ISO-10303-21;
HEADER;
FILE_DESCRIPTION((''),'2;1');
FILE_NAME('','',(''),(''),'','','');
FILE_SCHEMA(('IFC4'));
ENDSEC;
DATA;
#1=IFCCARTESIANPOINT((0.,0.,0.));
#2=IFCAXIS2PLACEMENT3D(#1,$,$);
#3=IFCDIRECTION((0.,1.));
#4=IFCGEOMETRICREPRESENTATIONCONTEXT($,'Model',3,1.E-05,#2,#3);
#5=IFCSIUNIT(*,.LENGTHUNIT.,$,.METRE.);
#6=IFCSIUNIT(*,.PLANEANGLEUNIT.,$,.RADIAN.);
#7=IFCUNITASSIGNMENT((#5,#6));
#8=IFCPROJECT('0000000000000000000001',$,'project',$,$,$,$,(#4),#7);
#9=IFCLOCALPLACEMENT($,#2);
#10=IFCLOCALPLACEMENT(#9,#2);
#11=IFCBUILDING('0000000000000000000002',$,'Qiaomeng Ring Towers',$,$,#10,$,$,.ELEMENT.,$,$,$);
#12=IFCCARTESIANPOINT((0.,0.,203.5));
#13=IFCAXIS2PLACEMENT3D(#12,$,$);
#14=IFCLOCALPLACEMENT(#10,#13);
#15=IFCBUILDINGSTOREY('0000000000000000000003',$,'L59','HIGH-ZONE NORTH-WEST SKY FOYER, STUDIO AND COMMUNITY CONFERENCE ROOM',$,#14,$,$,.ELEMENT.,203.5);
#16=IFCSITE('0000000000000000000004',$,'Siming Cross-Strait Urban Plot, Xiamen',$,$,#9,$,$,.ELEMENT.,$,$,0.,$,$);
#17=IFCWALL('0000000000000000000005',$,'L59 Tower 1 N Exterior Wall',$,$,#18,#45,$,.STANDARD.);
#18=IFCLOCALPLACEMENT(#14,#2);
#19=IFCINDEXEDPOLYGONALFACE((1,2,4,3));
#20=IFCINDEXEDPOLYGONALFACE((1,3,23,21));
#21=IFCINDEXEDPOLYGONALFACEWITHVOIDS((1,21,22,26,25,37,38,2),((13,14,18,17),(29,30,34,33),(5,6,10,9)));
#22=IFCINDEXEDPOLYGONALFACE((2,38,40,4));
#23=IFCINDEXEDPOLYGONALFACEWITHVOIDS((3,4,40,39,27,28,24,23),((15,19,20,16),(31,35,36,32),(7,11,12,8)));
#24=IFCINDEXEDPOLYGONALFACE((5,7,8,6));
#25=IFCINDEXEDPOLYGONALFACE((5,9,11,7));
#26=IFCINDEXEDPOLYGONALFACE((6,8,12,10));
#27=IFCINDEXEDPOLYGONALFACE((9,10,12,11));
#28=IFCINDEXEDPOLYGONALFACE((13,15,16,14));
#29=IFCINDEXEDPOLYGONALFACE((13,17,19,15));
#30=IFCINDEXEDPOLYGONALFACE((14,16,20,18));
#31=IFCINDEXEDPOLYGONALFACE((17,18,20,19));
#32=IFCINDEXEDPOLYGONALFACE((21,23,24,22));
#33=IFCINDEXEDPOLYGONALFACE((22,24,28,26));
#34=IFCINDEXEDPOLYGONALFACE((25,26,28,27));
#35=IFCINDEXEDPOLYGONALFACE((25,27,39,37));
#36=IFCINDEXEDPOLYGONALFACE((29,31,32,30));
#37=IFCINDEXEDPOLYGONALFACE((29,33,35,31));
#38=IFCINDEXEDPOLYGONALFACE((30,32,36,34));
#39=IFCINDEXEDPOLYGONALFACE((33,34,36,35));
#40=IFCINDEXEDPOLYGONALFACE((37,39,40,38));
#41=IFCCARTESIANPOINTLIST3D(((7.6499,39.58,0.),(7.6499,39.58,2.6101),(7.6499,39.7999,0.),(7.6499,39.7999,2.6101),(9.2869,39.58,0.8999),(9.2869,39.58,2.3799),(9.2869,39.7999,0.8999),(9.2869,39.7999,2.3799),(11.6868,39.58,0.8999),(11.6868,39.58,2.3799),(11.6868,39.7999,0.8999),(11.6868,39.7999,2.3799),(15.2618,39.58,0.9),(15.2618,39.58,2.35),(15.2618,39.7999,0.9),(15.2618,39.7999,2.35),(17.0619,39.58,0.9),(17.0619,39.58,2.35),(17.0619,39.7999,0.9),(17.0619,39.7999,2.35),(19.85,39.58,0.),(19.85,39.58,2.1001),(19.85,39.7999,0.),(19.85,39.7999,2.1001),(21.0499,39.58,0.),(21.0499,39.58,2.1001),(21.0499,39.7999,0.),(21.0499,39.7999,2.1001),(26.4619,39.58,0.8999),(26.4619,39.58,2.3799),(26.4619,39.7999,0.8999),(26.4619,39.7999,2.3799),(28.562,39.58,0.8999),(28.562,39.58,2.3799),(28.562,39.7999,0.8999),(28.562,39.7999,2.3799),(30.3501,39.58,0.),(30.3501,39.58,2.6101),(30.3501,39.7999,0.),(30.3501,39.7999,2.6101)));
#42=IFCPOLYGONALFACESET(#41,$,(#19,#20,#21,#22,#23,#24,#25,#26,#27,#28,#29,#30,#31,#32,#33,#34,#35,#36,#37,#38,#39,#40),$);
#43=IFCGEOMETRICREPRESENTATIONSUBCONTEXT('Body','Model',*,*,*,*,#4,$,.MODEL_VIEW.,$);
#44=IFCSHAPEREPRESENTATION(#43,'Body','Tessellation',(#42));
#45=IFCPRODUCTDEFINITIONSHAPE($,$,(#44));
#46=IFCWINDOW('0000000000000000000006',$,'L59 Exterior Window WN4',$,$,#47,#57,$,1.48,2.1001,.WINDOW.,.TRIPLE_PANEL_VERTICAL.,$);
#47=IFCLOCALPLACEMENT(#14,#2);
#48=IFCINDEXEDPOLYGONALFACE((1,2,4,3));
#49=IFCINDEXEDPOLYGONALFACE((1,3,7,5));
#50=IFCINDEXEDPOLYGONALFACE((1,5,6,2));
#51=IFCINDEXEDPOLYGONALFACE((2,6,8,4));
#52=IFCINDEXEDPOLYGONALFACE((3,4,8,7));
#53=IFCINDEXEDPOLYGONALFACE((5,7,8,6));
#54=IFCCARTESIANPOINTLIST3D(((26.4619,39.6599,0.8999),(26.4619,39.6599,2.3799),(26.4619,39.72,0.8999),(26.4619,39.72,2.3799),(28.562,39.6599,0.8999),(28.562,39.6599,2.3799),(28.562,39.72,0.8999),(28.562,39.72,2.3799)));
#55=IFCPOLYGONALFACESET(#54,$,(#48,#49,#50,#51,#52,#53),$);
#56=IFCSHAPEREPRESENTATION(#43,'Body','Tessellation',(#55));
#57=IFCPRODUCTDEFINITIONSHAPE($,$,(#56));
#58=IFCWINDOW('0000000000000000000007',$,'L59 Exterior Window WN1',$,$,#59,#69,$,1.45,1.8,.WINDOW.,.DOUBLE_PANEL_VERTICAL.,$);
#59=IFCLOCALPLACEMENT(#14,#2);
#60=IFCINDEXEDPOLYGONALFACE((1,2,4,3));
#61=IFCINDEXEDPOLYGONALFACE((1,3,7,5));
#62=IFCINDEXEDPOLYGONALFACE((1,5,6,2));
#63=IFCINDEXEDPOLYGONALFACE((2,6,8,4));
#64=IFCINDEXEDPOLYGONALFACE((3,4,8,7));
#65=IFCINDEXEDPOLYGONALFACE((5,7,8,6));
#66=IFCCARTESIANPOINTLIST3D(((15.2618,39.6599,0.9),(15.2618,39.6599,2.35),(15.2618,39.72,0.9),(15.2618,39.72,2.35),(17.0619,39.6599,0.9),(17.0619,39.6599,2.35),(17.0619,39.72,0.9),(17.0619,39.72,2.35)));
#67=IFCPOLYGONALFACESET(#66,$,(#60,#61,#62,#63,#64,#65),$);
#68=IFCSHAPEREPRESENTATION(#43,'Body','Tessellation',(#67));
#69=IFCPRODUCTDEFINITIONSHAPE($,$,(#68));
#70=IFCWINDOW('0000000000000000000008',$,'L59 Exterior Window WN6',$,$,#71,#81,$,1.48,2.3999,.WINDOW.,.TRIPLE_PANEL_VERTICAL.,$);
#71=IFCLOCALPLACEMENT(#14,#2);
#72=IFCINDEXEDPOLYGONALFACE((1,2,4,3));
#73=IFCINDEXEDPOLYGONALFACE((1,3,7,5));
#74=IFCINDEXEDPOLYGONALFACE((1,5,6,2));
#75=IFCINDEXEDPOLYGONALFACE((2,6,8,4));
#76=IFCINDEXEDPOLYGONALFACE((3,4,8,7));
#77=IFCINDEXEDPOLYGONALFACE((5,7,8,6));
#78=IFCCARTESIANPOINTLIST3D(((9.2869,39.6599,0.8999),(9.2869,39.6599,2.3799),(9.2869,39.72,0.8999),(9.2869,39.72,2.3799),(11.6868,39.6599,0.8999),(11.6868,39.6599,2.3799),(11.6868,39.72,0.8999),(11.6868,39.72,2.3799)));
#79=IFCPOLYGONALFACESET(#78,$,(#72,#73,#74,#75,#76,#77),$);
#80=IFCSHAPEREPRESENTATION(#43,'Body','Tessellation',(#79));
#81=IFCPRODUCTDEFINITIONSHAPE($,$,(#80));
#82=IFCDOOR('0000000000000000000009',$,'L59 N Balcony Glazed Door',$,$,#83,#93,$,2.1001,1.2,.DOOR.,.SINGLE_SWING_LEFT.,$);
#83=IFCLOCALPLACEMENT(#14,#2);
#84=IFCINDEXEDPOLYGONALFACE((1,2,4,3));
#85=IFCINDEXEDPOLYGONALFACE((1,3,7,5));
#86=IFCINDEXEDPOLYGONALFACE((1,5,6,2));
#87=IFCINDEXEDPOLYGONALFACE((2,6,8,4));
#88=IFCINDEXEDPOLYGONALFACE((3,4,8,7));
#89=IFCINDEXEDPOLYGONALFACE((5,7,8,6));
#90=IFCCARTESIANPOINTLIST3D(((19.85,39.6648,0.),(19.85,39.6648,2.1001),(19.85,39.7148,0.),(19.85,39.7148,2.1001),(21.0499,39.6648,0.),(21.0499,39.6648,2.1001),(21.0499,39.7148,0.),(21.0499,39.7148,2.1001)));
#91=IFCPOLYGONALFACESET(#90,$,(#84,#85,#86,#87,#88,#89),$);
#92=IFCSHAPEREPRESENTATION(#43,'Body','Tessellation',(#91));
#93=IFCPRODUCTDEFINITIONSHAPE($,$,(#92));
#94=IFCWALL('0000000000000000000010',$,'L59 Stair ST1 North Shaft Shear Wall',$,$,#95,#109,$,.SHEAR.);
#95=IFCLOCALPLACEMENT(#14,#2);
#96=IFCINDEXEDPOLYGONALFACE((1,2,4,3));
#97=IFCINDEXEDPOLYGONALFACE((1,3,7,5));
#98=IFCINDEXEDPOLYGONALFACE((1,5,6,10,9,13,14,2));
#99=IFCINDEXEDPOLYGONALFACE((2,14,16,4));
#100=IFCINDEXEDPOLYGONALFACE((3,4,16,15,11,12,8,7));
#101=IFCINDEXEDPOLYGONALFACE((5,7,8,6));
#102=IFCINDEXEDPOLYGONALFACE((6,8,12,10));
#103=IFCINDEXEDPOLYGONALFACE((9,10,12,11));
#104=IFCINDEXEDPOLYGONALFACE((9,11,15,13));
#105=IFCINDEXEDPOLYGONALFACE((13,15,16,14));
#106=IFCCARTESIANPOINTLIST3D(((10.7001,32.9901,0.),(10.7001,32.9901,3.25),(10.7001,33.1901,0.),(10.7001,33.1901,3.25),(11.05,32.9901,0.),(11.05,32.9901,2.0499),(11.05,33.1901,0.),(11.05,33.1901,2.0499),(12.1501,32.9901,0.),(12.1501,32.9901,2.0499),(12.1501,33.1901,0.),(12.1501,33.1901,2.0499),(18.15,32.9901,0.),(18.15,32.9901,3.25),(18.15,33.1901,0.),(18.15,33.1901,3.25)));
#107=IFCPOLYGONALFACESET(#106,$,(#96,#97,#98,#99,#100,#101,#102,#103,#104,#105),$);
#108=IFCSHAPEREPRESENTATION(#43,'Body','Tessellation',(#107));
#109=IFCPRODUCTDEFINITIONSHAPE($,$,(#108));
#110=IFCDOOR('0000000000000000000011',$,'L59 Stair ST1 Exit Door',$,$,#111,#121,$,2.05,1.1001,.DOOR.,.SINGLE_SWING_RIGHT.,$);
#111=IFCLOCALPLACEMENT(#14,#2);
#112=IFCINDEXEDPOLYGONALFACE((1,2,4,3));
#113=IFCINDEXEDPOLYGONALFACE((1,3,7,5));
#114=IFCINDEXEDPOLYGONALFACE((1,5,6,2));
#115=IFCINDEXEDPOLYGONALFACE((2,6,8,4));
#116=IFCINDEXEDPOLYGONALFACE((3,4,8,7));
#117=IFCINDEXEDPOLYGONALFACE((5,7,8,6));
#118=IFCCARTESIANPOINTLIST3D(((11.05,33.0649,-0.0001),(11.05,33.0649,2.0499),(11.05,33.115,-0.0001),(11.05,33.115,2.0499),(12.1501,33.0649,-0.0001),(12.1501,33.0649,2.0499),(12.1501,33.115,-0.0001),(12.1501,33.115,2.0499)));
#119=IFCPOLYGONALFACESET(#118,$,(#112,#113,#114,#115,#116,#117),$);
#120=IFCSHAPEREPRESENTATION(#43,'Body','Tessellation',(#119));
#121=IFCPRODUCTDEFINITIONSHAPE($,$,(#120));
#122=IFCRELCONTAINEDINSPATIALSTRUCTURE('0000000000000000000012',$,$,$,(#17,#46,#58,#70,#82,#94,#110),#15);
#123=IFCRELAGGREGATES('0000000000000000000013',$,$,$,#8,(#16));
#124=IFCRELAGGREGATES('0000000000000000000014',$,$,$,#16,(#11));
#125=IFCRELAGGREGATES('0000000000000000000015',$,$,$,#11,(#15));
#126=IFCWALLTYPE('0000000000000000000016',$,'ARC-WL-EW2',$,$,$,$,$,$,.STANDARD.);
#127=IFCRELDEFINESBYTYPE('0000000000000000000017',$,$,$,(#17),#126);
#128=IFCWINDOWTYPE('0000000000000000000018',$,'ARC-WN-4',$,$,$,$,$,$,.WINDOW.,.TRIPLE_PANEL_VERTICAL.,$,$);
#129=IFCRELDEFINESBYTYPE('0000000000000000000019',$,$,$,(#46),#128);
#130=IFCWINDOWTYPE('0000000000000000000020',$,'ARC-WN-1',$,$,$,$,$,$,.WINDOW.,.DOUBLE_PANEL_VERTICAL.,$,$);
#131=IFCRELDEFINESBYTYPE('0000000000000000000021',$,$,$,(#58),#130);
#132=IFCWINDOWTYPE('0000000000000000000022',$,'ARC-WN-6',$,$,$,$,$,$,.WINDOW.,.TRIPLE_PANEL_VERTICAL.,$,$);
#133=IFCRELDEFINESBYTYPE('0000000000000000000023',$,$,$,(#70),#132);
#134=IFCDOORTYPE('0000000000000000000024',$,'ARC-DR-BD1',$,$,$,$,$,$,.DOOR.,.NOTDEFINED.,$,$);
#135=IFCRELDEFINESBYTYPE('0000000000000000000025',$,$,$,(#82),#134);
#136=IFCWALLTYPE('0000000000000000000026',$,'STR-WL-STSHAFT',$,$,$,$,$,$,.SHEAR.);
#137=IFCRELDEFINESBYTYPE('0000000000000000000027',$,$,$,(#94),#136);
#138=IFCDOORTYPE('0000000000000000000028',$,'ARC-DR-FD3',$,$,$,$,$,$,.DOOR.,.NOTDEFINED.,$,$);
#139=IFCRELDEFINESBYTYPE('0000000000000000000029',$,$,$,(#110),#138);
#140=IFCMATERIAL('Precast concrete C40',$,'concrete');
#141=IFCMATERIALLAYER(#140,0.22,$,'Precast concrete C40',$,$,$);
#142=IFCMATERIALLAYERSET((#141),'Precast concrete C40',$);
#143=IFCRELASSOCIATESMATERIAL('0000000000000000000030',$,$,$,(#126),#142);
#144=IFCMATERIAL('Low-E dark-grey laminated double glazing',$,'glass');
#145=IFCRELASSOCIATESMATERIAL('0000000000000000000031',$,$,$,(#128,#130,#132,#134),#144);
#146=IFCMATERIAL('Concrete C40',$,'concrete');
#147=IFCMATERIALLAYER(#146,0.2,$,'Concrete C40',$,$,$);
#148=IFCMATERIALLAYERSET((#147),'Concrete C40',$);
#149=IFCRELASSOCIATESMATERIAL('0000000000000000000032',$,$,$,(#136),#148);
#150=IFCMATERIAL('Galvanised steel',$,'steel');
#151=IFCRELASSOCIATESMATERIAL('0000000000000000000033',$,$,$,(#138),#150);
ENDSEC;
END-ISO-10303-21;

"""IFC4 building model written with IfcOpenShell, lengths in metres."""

from ifc_helpers import new_model, si_unit, direction, frame, frame_2d, origin, place, context, subcontext, project, spatial, rectangle, extrude, source, transform, mapped, material, layer, layer_set, type_object, element, fill, save


model = new_model("IFC4")

# Units and contexts
model_context = context("Model", 3, precision=1e-05, world=origin(), true_north=direction((0.0, 1.0)))
body_context = subcontext(model_context, "Body", "Model", "MODEL_VIEW")
ifc_project = project(units=[si_unit("LENGTHUNIT", "METRE"), si_unit("PLANEANGLEUNIT", "RADIAN")], contexts=[model_context])

# Site, building, storey
site_placement = place(None, origin())
site = spatial("IfcSite", under=ifc_project, at=site_placement, Name="Siming Cross-Strait Urban Plot, Xiamen", CompositionType="ELEMENT", RefElevation=0.0)
building_placement = place(site_placement, origin())
building = spatial("IfcBuilding", under=site, at=building_placement, Name="Qiaomeng Ring Towers", CompositionType="ELEMENT")
storey_placement = place(building_placement, frame((0.0, 0.0, 203.5)))
storey = spatial("IfcBuildingStorey", under=building, at=storey_placement, Name="L59", Description="HIGH-ZONE NORTH-WEST SKY FOYER, STUDIO AND COMMUNITY CONFERENCE ROOM", CompositionType="ELEMENT", Elevation=203.5)

# Shared definitions
ifc_material_1 = material(Name="Concrete C40", Category="concrete")

# Wall, openings, windows, door
ifc_material_2 = material(Name="Precast concrete C40", Category="concrete")
ifc_layer_1 = layer(ifc_material_2, 0.22, Name="Precast concrete C40")
ifc_layer_set_1 = layer_set([ifc_layer_1], Name="Precast concrete C40")
wall_type_1 = type_object("IfcWallType", Name="ARC-WL-EW2", PredefinedType="STANDARD", material=ifc_layer_set_1)
wall_1_placement = place(storey_placement, frame((7.6499, 39.6899, 0.0), z_axis=(0.0, 0.0, 1.0), x_axis=(1.0, 0.0, 0.0)))
wall_1 = element("IfcWall", 1, at=wall_1_placement, inside=storey, type_object=wall_type_1, Name="L59 Tower 1 N Exterior Wall", PredefinedType="STANDARD", context=body_context, shape_type="SweptSolid", body=[
    extrude(rectangle(XDim=22.7002, YDim=0.22, at=frame_2d((11.3501, 0.0))), origin(), (0.0, 0.0, 1.0), 2.6101),
])
opening_1_placement = place(wall_1_placement, frame((12.2, 0.0, 0.0)))
opening_1 = element("IfcOpeningElement", 2, at=opening_1_placement, cuts=wall_1, PredefinedType="OPENING", context=body_context, shape_type="SweptSolid", body=[
    extrude(rectangle(XDim=1.2, YDim=2.1001, at=frame_2d((0.6001, 1.05))), frame((0.0, 0.1199, 0.0), z_axis=(0.0, -1.0, 0.0), x_axis=(1.0, 0.0, 0.0)), (0.0, 0.0, 1.0), 0.24),
])
opening_2_placement = place(wall_1_placement, frame((1.637, 0.0, 0.8999)))
opening_2 = element("IfcOpeningElement", 3, at=opening_2_placement, cuts=wall_1, PredefinedType="OPENING", context=body_context, shape_type="SweptSolid", body=[
    extrude(rectangle(XDim=2.3999, YDim=1.48, at=frame_2d((1.2, 0.74))), frame((0.0, 0.1199, 0.0), z_axis=(0.0, -1.0, 0.0), x_axis=(1.0, 0.0, 0.0)), (0.0, 0.0, 1.0), 0.24),
])
opening_3_placement = place(wall_1_placement, frame((7.6121, 0.0, 0.8999)))
opening_3 = element("IfcOpeningElement", 4, at=opening_3_placement, cuts=wall_1, PredefinedType="OPENING", context=body_context, shape_type="SweptSolid", body=[
    extrude(rectangle(XDim=1.8, YDim=1.45, at=frame_2d((0.8999, 0.7251))), frame((0.0, 0.1199, 0.0), z_axis=(0.0, -1.0, 0.0), x_axis=(1.0, 0.0, 0.0)), (0.0, 0.0, 1.0), 0.24),
])
opening_4_placement = place(wall_1_placement, frame((18.812, 0.0, 0.8999)))
opening_4 = element("IfcOpeningElement", 5, at=opening_4_placement, cuts=wall_1, PredefinedType="OPENING", context=body_context, shape_type="SweptSolid", body=[
    extrude(rectangle(XDim=2.1001, YDim=1.48, at=frame_2d((1.05, 0.74))), frame((0.0, 0.1199, 0.0), z_axis=(0.0, -1.0, 0.0), x_axis=(1.0, 0.0, 0.0)), (0.0, 0.0, 1.0), 0.24),
])
ifc_material_3 = material(Name="Low-E dark-grey laminated double glazing", Category="glass")
window_type_1 = type_object("IfcWindowType", Name="ARC-WN-4", PartitioningType="TRIPLE_PANEL_VERTICAL", PredefinedType="WINDOW", material=ifc_material_3)
shared_shape_1 = source(origin(), body_context, "Body", "SweptSolid", [
    extrude(rectangle(XDim=2.1001, YDim=1.48, at=frame_2d((1.05, 0.74))), frame((0.0, 0.03, 0.0), z_axis=(0.0, -1.0, 0.0), x_axis=(1.0, 0.0, 0.0)), (0.0, 0.0, 1.0), 0.0601),
])
window_1_placement = place(opening_4_placement, origin())
window_1 = element("IfcWindow", 6, at=window_1_placement, inside=storey, type_object=window_type_1, Name="L59 Exterior Window WN4", OverallHeight=1.48, OverallWidth=2.1001, PartitioningType="TRIPLE_PANEL_VERTICAL", PredefinedType="WINDOW", context=body_context, shape_type="MappedRepresentation", body=[
    mapped(shared_shape_1, transform((0.0, 0.0, 0.0), x_axis=(1.0, 0.0, 0.0), y_axis=(0.0, 1.0, 0.0), z_axis=(0.0, 0.0, 1.0), scale=1.0)),
])
fill(opening_4, window_1)
window_type_2 = type_object("IfcWindowType", Name="ARC-WN-1", PartitioningType="DOUBLE_PANEL_VERTICAL", PredefinedType="WINDOW", material=ifc_material_3)
shared_shape_2 = source(origin(), body_context, "Body", "SweptSolid", [
    extrude(rectangle(XDim=1.8, YDim=1.45, at=frame_2d((0.8999, 0.7251))), frame((0.0, 0.03, 0.0), z_axis=(0.0, -1.0, 0.0), x_axis=(1.0, 0.0, 0.0)), (0.0, 0.0, 1.0), 0.0601),
])
window_2_placement = place(opening_3_placement, origin())
window_2 = element("IfcWindow", 7, at=window_2_placement, inside=storey, type_object=window_type_2, Name="L59 Exterior Window WN1", OverallHeight=1.45, OverallWidth=1.8, PartitioningType="DOUBLE_PANEL_VERTICAL", PredefinedType="WINDOW", context=body_context, shape_type="MappedRepresentation", body=[
    mapped(shared_shape_2, transform((0.0, 0.0, 0.0), x_axis=(1.0, 0.0, 0.0), y_axis=(0.0, 1.0, 0.0), z_axis=(0.0, 0.0, 1.0), scale=1.0)),
])
fill(opening_3, window_2)
window_type_3 = type_object("IfcWindowType", Name="ARC-WN-6", PartitioningType="TRIPLE_PANEL_VERTICAL", PredefinedType="WINDOW", material=ifc_material_3)
shared_shape_3 = source(origin(), body_context, "Body", "SweptSolid", [
    extrude(rectangle(XDim=2.3999, YDim=1.48, at=frame_2d((1.2, 0.74))), frame((0.0, 0.03, 0.0), z_axis=(0.0, -1.0, 0.0), x_axis=(1.0, 0.0, 0.0)), (0.0, 0.0, 1.0), 0.0601),
])
window_3_placement = place(opening_2_placement, origin())
window_3 = element("IfcWindow", 8, at=window_3_placement, inside=storey, type_object=window_type_3, Name="L59 Exterior Window WN6", OverallHeight=1.48, OverallWidth=2.3999, PartitioningType="TRIPLE_PANEL_VERTICAL", PredefinedType="WINDOW", context=body_context, shape_type="MappedRepresentation", body=[
    mapped(shared_shape_3, transform((0.0, 0.0, 0.0), x_axis=(1.0, 0.0, 0.0), y_axis=(0.0, 1.0, 0.0), z_axis=(0.0, 0.0, 1.0), scale=1.0)),
])
fill(opening_2, window_3)
door_type_1 = type_object("IfcDoorType", Name="ARC-DR-BD1", OperationType="NOTDEFINED", PredefinedType="DOOR", material=ifc_material_3)
shared_shape_4 = source(origin(), body_context, "Body", "SweptSolid", [
    extrude(rectangle(XDim=1.2, YDim=2.1001, at=frame_2d((0.6001, 1.05))), frame((0.0, 0.0249, 0.0), z_axis=(0.0, -1.0, 0.0), x_axis=(1.0, 0.0, 0.0)), (0.0, 0.0, 1.0), 0.05),
])
door_1_placement = place(opening_1_placement, origin())
door_1 = element("IfcDoor", 9, at=door_1_placement, inside=storey, type_object=door_type_1, Name="L59 N Balcony Glazed Door", OperationType="SINGLE_SWING_LEFT", OverallHeight=2.1001, OverallWidth=1.2, PredefinedType="DOOR", context=body_context, shape_type="MappedRepresentation", body=[
    mapped(shared_shape_4, transform((0.0, 0.0, 0.0), x_axis=(1.0, 0.0, 0.0), y_axis=(0.0, 1.0, 0.0), z_axis=(0.0, 0.0, 1.0), scale=1.0)),
])
fill(opening_1, door_1)

# Wall, opening, door
ifc_layer_2 = layer(ifc_material_1, 0.2, Name="Concrete C40")
ifc_layer_set_2 = layer_set([ifc_layer_2], Name="Concrete C40")
wall_type_2 = type_object("IfcWallType", Name="STR-WL-STSHAFT", PredefinedType="SHEAR", material=ifc_layer_set_2)
wall_2_placement = place(storey_placement, frame((10.7, 33.0901, 0.0), z_axis=(0.0, 0.0, 1.0), x_axis=(1.0, 0.0, 0.0)))
wall_2 = element("IfcWall", 10, at=wall_2_placement, inside=storey, type_object=wall_type_2, Name="L59 Stair ST1 North Shaft Shear Wall", PredefinedType="SHEAR", context=body_context, shape_type="SweptSolid", body=[
    extrude(rectangle(XDim=7.45, YDim=0.2, at=frame_2d((3.7251, 0.0))), origin(), (0.0, 0.0, 1.0), 3.25),
])
opening_5_placement = place(wall_2_placement, frame((0.3501, 0.0, 0.0)))
opening_5 = element("IfcOpeningElement", 11, at=opening_5_placement, cuts=wall_2, PredefinedType="OPENING", context=body_context, shape_type="SweptSolid", body=[
    extrude(rectangle(XDim=1.1001, YDim=2.05, at=frame_2d((0.55, 1.0249))), frame((0.0, 0.1099, 0.0), z_axis=(0.0, -1.0, 0.0), x_axis=(1.0, 0.0, 0.0)), (0.0, 0.0, 1.0), 0.22),
])
ifc_material_4 = material(Name="Galvanised steel", Category="steel")
door_type_2 = type_object("IfcDoorType", Name="ARC-DR-FD3", OperationType="NOTDEFINED", PredefinedType="DOOR", material=ifc_material_4)
shared_shape_5 = source(origin(), body_context, "Body", "SweptSolid", [
    extrude(rectangle(XDim=1.1001, YDim=2.05, at=frame_2d((0.55, 1.0249))), frame((0.0, 0.0249, 0.0), z_axis=(0.0, -1.0, 0.0), x_axis=(1.0, 0.0, 0.0)), (0.0, 0.0, 1.0), 0.05),
])
door_2_placement = place(opening_5_placement, origin())
door_2 = element("IfcDoor", 12, at=door_2_placement, inside=storey, type_object=door_type_2, Name="L59 Stair ST1 Exit Door", OperationType="SINGLE_SWING_RIGHT", OverallHeight=2.05, OverallWidth=1.1001, PredefinedType="DOOR", context=body_context, shape_type="MappedRepresentation", body=[
    mapped(shared_shape_5, transform((0.0, 0.0, 0.0), x_axis=(1.0, 0.0, 0.0), y_axis=(0.0, 1.0, 0.0), z_axis=(0.0, 0.0, 1.0), scale=1.0)),
])
fill(opening_5, door_2)

save(model, "model.ifc")
